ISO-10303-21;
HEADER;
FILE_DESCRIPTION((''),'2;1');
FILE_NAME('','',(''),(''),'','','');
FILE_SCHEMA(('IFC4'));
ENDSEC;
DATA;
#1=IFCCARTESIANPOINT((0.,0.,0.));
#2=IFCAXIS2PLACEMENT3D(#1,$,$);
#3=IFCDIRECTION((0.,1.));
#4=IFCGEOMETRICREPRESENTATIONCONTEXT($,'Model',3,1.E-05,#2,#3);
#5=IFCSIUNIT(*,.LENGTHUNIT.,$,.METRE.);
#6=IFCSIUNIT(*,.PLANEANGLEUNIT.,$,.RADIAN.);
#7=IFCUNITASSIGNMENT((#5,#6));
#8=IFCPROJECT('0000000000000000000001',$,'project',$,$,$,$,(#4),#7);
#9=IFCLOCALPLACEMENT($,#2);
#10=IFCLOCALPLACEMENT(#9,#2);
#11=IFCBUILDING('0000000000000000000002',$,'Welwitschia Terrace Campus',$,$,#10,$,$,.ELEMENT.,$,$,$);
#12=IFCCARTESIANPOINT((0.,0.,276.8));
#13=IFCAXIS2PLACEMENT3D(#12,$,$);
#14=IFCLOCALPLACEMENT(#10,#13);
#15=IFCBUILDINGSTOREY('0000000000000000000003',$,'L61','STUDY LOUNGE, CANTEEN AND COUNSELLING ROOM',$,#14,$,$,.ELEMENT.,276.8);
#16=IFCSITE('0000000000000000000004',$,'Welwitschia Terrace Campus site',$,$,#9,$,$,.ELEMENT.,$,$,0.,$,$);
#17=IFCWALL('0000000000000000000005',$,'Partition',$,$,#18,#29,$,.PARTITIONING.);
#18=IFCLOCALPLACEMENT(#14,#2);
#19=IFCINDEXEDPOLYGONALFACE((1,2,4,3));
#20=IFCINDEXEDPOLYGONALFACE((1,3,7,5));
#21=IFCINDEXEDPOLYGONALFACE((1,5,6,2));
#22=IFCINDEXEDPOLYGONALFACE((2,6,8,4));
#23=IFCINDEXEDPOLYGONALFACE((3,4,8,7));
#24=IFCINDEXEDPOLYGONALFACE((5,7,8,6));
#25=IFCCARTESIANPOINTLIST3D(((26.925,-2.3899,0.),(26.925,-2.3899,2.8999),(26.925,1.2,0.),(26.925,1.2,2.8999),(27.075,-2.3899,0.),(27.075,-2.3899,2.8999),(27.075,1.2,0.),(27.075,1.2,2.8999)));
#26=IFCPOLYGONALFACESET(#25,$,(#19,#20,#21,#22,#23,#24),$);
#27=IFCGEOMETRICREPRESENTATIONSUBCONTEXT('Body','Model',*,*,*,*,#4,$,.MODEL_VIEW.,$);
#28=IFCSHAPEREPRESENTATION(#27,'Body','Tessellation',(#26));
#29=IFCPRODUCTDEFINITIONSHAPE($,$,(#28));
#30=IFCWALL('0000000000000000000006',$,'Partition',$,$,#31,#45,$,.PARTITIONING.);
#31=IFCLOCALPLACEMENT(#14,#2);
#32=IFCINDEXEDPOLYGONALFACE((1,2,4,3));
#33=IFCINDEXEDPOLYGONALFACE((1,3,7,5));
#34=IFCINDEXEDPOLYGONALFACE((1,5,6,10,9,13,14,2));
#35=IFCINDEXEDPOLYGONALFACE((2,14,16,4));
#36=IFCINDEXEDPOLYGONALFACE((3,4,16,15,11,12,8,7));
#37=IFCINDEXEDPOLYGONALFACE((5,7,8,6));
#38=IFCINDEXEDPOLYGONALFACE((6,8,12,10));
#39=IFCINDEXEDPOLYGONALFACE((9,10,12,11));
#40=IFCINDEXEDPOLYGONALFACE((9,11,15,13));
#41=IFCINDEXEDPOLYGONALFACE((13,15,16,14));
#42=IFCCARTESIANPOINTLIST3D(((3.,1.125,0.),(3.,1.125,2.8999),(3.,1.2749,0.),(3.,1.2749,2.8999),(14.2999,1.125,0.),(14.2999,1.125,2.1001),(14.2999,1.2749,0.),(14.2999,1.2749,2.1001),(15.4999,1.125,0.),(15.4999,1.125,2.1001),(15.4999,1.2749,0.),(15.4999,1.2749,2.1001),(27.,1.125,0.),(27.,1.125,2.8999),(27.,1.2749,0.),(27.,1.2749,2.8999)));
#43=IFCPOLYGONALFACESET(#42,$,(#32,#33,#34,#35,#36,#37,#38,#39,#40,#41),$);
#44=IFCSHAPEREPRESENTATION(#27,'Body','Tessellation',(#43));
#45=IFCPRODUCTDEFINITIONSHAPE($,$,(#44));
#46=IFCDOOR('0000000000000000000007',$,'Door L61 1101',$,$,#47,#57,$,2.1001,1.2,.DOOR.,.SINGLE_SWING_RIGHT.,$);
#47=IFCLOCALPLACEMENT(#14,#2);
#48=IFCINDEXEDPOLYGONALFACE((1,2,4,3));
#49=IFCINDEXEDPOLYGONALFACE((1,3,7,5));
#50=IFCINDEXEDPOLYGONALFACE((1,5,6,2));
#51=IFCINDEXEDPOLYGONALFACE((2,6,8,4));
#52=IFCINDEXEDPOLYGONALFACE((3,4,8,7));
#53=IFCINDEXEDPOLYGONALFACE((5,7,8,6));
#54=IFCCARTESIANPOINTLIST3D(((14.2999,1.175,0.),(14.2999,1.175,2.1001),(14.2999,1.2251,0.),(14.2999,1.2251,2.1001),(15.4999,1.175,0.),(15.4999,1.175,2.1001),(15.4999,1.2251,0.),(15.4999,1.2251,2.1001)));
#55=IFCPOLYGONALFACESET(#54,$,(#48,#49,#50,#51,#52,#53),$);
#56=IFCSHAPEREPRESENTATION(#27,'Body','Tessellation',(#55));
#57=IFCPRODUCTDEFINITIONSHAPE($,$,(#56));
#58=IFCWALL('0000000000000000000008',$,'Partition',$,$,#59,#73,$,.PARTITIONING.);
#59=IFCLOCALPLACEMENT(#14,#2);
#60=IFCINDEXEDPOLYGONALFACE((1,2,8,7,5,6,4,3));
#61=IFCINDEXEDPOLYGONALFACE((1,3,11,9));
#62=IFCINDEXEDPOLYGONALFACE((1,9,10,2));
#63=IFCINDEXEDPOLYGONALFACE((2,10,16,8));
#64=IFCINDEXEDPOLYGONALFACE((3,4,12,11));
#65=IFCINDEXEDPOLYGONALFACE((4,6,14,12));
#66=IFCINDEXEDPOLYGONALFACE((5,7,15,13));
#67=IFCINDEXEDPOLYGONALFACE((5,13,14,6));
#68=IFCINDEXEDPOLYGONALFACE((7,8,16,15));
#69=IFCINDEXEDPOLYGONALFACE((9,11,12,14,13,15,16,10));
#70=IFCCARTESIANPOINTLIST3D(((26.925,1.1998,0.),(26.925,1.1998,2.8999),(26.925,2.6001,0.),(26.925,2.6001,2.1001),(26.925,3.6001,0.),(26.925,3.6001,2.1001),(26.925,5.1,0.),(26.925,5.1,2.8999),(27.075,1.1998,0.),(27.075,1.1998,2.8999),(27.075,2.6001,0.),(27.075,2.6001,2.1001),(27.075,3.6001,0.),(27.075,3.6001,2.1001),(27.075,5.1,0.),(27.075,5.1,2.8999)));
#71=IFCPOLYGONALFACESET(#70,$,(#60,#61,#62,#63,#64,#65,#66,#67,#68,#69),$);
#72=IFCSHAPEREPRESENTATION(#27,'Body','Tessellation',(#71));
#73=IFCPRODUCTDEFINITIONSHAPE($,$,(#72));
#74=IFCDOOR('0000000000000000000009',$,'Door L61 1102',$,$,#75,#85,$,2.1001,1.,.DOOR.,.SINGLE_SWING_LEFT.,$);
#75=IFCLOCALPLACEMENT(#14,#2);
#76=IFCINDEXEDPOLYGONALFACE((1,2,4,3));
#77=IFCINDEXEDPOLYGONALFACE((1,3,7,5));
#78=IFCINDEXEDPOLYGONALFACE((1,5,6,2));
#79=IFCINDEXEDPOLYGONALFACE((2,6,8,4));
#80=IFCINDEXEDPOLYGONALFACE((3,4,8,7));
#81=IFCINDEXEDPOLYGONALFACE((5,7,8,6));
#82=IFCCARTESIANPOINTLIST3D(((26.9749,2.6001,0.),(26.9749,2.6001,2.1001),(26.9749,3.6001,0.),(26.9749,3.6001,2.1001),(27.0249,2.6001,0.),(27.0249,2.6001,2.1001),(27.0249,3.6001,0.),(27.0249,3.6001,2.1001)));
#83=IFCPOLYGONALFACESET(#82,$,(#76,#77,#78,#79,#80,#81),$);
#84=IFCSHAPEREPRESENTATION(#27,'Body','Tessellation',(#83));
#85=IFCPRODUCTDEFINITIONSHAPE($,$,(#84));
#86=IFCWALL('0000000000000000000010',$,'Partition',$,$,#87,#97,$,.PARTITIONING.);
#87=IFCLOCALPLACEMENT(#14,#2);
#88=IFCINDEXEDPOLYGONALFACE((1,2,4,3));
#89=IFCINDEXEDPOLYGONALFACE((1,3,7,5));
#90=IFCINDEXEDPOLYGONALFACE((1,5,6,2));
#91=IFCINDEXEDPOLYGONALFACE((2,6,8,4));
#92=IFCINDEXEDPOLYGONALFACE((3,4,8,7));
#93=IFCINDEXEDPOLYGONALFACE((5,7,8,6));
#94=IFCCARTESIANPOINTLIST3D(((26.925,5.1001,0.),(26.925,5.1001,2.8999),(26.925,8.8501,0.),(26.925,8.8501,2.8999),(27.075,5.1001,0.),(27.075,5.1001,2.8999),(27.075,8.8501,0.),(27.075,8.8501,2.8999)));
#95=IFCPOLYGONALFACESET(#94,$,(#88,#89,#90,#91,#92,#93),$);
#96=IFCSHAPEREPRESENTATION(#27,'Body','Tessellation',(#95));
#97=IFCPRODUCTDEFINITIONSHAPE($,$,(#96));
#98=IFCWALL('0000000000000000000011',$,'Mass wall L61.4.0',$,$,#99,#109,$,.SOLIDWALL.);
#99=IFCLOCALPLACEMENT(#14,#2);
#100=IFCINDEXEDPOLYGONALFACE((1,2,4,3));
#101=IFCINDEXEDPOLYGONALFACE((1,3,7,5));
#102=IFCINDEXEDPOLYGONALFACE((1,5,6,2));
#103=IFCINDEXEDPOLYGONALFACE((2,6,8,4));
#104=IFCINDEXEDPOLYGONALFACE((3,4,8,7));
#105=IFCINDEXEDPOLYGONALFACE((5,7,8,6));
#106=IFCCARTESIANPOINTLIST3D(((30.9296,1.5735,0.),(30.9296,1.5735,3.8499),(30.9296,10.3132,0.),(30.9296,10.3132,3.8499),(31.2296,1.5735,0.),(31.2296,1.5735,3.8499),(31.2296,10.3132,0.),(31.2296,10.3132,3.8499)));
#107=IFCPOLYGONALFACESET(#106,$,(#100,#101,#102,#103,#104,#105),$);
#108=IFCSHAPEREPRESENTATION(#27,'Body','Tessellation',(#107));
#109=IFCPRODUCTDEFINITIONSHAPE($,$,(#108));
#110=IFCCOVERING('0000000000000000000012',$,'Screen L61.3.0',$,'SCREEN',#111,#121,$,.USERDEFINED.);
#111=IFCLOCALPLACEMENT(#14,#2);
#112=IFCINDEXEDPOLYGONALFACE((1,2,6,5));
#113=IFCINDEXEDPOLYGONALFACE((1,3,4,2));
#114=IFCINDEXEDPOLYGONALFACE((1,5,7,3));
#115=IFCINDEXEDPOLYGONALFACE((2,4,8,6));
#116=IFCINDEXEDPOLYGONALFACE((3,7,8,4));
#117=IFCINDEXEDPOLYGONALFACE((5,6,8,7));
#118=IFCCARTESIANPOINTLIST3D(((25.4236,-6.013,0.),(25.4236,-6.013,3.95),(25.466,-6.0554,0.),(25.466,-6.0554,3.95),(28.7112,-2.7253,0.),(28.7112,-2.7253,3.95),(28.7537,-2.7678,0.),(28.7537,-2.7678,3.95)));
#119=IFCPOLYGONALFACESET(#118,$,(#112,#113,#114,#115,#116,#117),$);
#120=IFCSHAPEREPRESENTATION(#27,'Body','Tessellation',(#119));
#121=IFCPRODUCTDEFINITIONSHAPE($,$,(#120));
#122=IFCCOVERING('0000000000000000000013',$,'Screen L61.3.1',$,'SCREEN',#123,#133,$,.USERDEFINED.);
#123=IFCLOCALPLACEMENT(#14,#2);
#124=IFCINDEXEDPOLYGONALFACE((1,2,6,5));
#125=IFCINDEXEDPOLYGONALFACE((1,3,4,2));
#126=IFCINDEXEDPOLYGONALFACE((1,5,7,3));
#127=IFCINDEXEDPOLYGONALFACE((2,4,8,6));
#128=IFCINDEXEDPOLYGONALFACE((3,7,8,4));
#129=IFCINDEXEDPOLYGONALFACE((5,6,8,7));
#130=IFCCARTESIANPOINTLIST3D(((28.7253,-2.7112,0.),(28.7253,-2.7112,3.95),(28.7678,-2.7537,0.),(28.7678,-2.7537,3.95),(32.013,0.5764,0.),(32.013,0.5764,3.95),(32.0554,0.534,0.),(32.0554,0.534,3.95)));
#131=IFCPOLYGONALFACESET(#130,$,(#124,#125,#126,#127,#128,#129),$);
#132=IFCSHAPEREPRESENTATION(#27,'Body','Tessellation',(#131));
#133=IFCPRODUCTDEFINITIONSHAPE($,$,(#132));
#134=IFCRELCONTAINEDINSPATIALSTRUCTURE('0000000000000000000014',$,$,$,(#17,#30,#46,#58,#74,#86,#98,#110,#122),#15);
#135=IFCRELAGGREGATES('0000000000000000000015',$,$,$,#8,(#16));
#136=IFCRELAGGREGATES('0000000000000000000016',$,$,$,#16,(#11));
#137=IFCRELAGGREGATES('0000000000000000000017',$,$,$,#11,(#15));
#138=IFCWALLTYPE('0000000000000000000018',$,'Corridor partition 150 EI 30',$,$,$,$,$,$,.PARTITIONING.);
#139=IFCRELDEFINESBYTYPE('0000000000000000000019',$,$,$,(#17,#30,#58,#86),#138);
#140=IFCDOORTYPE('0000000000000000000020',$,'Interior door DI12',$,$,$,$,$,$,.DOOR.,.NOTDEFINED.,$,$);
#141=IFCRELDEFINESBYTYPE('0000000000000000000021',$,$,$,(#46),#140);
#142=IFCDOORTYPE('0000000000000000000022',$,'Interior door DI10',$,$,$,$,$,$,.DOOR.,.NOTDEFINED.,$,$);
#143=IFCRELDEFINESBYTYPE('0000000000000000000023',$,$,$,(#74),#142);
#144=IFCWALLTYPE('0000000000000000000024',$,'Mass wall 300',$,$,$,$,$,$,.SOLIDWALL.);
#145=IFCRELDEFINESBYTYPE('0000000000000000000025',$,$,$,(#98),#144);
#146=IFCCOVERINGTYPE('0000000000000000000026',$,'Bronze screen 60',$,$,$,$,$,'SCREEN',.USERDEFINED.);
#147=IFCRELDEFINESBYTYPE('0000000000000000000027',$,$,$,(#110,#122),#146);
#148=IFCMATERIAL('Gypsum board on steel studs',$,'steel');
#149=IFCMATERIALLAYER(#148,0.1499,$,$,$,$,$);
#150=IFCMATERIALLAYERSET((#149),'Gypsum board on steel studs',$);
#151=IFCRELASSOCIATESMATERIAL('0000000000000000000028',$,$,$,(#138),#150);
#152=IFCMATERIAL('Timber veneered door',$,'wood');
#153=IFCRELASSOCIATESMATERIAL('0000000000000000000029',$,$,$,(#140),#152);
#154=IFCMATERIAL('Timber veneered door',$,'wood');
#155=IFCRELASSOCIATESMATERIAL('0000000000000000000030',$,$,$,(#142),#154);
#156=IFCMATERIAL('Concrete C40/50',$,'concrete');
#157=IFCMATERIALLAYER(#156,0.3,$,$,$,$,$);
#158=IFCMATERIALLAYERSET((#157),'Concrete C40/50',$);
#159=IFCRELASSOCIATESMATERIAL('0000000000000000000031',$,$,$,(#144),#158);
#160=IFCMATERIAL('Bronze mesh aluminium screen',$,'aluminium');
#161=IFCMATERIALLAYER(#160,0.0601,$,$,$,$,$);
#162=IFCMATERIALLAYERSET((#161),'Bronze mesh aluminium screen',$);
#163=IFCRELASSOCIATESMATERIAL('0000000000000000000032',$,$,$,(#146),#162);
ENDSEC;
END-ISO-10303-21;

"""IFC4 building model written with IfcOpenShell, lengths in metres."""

from ifc_helpers import new_model, si_unit, direction, frame, frame_2d, origin, origin_2d, place, context, subcontext, project, spatial, rectangle, extrude, material, layer, layer_set, type_object, element, fill, save


model = new_model("IFC4")

# Units and contexts
model_context = context("Model", 3, precision=1e-05, world=origin(), true_north=direction((0.0, 1.0)))
body_context = subcontext(model_context, "Body", "Model", "MODEL_VIEW")
ifc_project = project(units=[si_unit("LENGTHUNIT", "METRE"), si_unit("PLANEANGLEUNIT", "RADIAN")], contexts=[model_context])

# Site, building, storey
site_placement = place(None, origin())
site = spatial("IfcSite", under=ifc_project, at=site_placement, Name="Welwitschia Terrace Campus site", CompositionType="ELEMENT", RefElevation=0.0)
building_placement = place(site_placement, origin())
building = spatial("IfcBuilding", under=site, at=building_placement, Name="Welwitschia Terrace Campus", CompositionType="ELEMENT")
storey_placement = place(building_placement, frame((0.0, 0.0, 276.8)))
storey = spatial("IfcBuildingStorey", under=building, at=storey_placement, Name="L61", Description="STUDY LOUNGE, CANTEEN AND COUNSELLING ROOM", CompositionType="ELEMENT", Elevation=276.8)

# Wall
ifc_material_1 = material(Name="Gypsum board on steel studs", Category="steel")
ifc_layer_1 = layer(ifc_material_1, 0.1499)
ifc_layer_set_1 = layer_set([ifc_layer_1], Name="Gypsum board on steel studs")
wall_type_1 = type_object("IfcWallType", Name="Corridor partition 150 EI 30", PredefinedType="PARTITIONING", material=ifc_layer_set_1)
wall_1_placement = place(storey_placement, frame((27.0, -2.3899, 0.0), z_axis=(0.0, 0.0, 1.0), x_axis=(0.0, 1.0, 0.0)))
element("IfcWall", 1, at=wall_1_placement, inside=storey, type_object=wall_type_1, Name="Partition", PredefinedType="PARTITIONING", context=body_context, shape_type="SweptSolid", body=[
    extrude(rectangle(XDim=3.5898, YDim=0.1499, at=frame_2d((1.7949, 0.0))), origin(), (0.0, 0.0, 1.0), 2.8999),
])

# Walls, openings, doors
wall_2_placement = place(storey_placement, frame((27.0, 1.2, 0.0), z_axis=(0.0, 0.0, 1.0), x_axis=(-1.0, 0.0, 0.0)))
wall_2 = element("IfcWall", 2, at=wall_2_placement, inside=storey, type_object=wall_type_1, Name="Partition", PredefinedType="PARTITIONING", context=body_context, shape_type="SweptSolid", body=[
    extrude(rectangle(XDim=24.0, YDim=0.1499, at=frame_2d((12.0, 0.0))), origin(), (0.0, 0.0, 1.0), 2.8999),
])
opening_1_placement = place(wall_2_placement, frame((11.5, 0.0, 0.0)))
opening_1 = element("IfcOpeningElement", 3, at=opening_1_placement, cuts=wall_2, PredefinedType="OPENING", context=body_context, shape_type="SweptSolid", body=[
    extrude(rectangle(XDim=1.2, YDim=2.1001, at=frame_2d((0.6001, 1.05))), frame((0.0, 0.085, 0.0), z_axis=(0.0, -1.0, 0.0), x_axis=(1.0, 0.0, 0.0)), (0.0, 0.0, 1.0), 0.1699),
])
ifc_material_2 = material(Name="Timber veneered door", Category="wood")
door_type_1 = type_object("IfcDoorType", Name="Interior door DI12", OperationType="NOTDEFINED", PredefinedType="DOOR", material=ifc_material_2)
door_1_placement = place(opening_1_placement, origin())
door_1 = element("IfcDoor", 4, at=door_1_placement, inside=storey, type_object=door_type_1, Name="Door L61 1101", OperationType="SINGLE_SWING_RIGHT", OverallHeight=2.1001, OverallWidth=1.2, PredefinedType="DOOR", context=body_context, shape_type="SweptSolid", body=[
    extrude(rectangle(XDim=1.2, YDim=2.1001, at=frame_2d((0.6001, 1.05))), frame((0.0, 0.0249, 0.0), z_axis=(0.0, -1.0, 0.0), x_axis=(1.0, 0.0, 0.0)), (0.0, 0.0, 1.0), 0.05),
])
fill(opening_1, door_1)
wall_3_placement = place(storey_placement, frame((27.0, 5.1001, 0.0), z_axis=(0.0, 0.0, 1.0), x_axis=(0.0, -1.0, 0.0)))
wall_3 = element("IfcWall", 5, at=wall_3_placement, inside=storey, type_object=wall_type_1, Name="Partition", PredefinedType="PARTITIONING", context=body_context, shape_type="SweptSolid", body=[
    extrude(rectangle(XDim=3.9001, YDim=0.1499, at=frame_2d((1.9502, 0.0))), origin(), (0.0, 0.0, 1.0), 2.8999),
])
opening_2_placement = place(wall_3_placement, frame((1.5, 0.0, 0.0)))
opening_2 = element("IfcOpeningElement", 6, at=opening_2_placement, cuts=wall_3, PredefinedType="OPENING", context=body_context, shape_type="SweptSolid", body=[
    extrude(rectangle(XDim=1.0, YDim=2.1001, at=frame_2d((0.5, 1.05))), frame((0.0, 0.085, 0.0), z_axis=(0.0, -1.0, 0.0), x_axis=(1.0, 0.0, 0.0)), (0.0, 0.0, 1.0), 0.1699),
])
ifc_material_3 = material(Name="Timber veneered door", Category="wood")
door_type_2 = type_object("IfcDoorType", Name="Interior door DI10", OperationType="NOTDEFINED", PredefinedType="DOOR", material=ifc_material_3)
door_2_placement = place(opening_2_placement, origin())
door_2 = element("IfcDoor", 7, at=door_2_placement, inside=storey, type_object=door_type_2, Name="Door L61 1102", OperationType="SINGLE_SWING_LEFT", OverallHeight=2.1001, OverallWidth=1.0, PredefinedType="DOOR", context=body_context, shape_type="SweptSolid", body=[
    extrude(rectangle(XDim=1.0, YDim=2.1001, at=frame_2d((0.5, 1.05))), frame((0.0, 0.0249, 0.0), z_axis=(0.0, -1.0, 0.0), x_axis=(1.0, 0.0, 0.0)), (0.0, 0.0, 1.0), 0.05),
])
fill(opening_2, door_2)

# Walls
wall_4_placement = place(storey_placement, frame((27.0, 5.1001, 0.0), z_axis=(0.0, 0.0, 1.0), x_axis=(0.0, 1.0, 0.0)))
element("IfcWall", 8, at=wall_4_placement, inside=storey, type_object=wall_type_1, Name="Partition", PredefinedType="PARTITIONING", context=body_context, shape_type="SweptSolid", body=[
    extrude(rectangle(XDim=3.75, YDim=0.1499, at=frame_2d((1.875, 0.0))), origin(), (0.0, 0.0, 1.0), 2.8999),
])
ifc_material_4 = material(Name="Concrete C40/50", Category="concrete")
ifc_layer_2 = layer(ifc_material_4, 0.3)
ifc_layer_set_2 = layer_set([ifc_layer_2], Name="Concrete C40/50")
wall_type_2 = type_object("IfcWallType", Name="Mass wall 300", PredefinedType="SOLIDWALL", material=ifc_layer_set_2)
wall_5_placement = place(storey_placement, frame((31.0796, 1.5735, 0.0), z_axis=(0.0, 0.0, 1.0), x_axis=(0.0, 1.0, 0.0)))
element("IfcWall", 9, at=wall_5_placement, inside=storey, type_object=wall_type_2, Name="Mass wall L61.4.0", PredefinedType="SOLIDWALL", context=body_context, shape_type="SweptSolid", body=[
    extrude(rectangle(XDim=8.7397, YDim=0.3, at=frame_2d((4.3699, 0.0))), origin(), (0.0, 0.0, 1.0), 3.8499),
])

# Coverings
ifc_material_5 = material(Name="Bronze mesh aluminium screen", Category="aluminium")
ifc_layer_3 = layer(ifc_material_5, 0.0601)
ifc_layer_set_3 = layer_set([ifc_layer_3], Name="Bronze mesh aluminium screen")
covering_type = type_object("IfcCoveringType", Name="Bronze screen 60", ElementType="SCREEN", PredefinedType="USERDEFINED", material=ifc_layer_set_3)
for number, where, z_axis, x_axis, name in (
    (10, (27.0886, -4.3904, 0.0), (0.0, 0.0, 1.0), (0.707107, 0.707107, 0.0), "Screen L61.3.0"),
    (11, (30.3904, -1.0886, 0.0), (0.0, 0.0, 1.0), (0.707107, 0.707107, 0.0), "Screen L61.3.1"),
):
    element("IfcCovering", number, at=place(storey_placement, frame(where, z_axis=z_axis, x_axis=x_axis)), inside=storey, type_object=covering_type, Name=name, ObjectType="SCREEN", PredefinedType="USERDEFINED", context=body_context, shape_type="SweptSolid", body=[
        extrude(rectangle(XDim=4.6494, YDim=0.0601, at=origin_2d()), origin(), (0.0, 0.0, 1.0), 3.95),
    ])

save(model, "model.ifc")
